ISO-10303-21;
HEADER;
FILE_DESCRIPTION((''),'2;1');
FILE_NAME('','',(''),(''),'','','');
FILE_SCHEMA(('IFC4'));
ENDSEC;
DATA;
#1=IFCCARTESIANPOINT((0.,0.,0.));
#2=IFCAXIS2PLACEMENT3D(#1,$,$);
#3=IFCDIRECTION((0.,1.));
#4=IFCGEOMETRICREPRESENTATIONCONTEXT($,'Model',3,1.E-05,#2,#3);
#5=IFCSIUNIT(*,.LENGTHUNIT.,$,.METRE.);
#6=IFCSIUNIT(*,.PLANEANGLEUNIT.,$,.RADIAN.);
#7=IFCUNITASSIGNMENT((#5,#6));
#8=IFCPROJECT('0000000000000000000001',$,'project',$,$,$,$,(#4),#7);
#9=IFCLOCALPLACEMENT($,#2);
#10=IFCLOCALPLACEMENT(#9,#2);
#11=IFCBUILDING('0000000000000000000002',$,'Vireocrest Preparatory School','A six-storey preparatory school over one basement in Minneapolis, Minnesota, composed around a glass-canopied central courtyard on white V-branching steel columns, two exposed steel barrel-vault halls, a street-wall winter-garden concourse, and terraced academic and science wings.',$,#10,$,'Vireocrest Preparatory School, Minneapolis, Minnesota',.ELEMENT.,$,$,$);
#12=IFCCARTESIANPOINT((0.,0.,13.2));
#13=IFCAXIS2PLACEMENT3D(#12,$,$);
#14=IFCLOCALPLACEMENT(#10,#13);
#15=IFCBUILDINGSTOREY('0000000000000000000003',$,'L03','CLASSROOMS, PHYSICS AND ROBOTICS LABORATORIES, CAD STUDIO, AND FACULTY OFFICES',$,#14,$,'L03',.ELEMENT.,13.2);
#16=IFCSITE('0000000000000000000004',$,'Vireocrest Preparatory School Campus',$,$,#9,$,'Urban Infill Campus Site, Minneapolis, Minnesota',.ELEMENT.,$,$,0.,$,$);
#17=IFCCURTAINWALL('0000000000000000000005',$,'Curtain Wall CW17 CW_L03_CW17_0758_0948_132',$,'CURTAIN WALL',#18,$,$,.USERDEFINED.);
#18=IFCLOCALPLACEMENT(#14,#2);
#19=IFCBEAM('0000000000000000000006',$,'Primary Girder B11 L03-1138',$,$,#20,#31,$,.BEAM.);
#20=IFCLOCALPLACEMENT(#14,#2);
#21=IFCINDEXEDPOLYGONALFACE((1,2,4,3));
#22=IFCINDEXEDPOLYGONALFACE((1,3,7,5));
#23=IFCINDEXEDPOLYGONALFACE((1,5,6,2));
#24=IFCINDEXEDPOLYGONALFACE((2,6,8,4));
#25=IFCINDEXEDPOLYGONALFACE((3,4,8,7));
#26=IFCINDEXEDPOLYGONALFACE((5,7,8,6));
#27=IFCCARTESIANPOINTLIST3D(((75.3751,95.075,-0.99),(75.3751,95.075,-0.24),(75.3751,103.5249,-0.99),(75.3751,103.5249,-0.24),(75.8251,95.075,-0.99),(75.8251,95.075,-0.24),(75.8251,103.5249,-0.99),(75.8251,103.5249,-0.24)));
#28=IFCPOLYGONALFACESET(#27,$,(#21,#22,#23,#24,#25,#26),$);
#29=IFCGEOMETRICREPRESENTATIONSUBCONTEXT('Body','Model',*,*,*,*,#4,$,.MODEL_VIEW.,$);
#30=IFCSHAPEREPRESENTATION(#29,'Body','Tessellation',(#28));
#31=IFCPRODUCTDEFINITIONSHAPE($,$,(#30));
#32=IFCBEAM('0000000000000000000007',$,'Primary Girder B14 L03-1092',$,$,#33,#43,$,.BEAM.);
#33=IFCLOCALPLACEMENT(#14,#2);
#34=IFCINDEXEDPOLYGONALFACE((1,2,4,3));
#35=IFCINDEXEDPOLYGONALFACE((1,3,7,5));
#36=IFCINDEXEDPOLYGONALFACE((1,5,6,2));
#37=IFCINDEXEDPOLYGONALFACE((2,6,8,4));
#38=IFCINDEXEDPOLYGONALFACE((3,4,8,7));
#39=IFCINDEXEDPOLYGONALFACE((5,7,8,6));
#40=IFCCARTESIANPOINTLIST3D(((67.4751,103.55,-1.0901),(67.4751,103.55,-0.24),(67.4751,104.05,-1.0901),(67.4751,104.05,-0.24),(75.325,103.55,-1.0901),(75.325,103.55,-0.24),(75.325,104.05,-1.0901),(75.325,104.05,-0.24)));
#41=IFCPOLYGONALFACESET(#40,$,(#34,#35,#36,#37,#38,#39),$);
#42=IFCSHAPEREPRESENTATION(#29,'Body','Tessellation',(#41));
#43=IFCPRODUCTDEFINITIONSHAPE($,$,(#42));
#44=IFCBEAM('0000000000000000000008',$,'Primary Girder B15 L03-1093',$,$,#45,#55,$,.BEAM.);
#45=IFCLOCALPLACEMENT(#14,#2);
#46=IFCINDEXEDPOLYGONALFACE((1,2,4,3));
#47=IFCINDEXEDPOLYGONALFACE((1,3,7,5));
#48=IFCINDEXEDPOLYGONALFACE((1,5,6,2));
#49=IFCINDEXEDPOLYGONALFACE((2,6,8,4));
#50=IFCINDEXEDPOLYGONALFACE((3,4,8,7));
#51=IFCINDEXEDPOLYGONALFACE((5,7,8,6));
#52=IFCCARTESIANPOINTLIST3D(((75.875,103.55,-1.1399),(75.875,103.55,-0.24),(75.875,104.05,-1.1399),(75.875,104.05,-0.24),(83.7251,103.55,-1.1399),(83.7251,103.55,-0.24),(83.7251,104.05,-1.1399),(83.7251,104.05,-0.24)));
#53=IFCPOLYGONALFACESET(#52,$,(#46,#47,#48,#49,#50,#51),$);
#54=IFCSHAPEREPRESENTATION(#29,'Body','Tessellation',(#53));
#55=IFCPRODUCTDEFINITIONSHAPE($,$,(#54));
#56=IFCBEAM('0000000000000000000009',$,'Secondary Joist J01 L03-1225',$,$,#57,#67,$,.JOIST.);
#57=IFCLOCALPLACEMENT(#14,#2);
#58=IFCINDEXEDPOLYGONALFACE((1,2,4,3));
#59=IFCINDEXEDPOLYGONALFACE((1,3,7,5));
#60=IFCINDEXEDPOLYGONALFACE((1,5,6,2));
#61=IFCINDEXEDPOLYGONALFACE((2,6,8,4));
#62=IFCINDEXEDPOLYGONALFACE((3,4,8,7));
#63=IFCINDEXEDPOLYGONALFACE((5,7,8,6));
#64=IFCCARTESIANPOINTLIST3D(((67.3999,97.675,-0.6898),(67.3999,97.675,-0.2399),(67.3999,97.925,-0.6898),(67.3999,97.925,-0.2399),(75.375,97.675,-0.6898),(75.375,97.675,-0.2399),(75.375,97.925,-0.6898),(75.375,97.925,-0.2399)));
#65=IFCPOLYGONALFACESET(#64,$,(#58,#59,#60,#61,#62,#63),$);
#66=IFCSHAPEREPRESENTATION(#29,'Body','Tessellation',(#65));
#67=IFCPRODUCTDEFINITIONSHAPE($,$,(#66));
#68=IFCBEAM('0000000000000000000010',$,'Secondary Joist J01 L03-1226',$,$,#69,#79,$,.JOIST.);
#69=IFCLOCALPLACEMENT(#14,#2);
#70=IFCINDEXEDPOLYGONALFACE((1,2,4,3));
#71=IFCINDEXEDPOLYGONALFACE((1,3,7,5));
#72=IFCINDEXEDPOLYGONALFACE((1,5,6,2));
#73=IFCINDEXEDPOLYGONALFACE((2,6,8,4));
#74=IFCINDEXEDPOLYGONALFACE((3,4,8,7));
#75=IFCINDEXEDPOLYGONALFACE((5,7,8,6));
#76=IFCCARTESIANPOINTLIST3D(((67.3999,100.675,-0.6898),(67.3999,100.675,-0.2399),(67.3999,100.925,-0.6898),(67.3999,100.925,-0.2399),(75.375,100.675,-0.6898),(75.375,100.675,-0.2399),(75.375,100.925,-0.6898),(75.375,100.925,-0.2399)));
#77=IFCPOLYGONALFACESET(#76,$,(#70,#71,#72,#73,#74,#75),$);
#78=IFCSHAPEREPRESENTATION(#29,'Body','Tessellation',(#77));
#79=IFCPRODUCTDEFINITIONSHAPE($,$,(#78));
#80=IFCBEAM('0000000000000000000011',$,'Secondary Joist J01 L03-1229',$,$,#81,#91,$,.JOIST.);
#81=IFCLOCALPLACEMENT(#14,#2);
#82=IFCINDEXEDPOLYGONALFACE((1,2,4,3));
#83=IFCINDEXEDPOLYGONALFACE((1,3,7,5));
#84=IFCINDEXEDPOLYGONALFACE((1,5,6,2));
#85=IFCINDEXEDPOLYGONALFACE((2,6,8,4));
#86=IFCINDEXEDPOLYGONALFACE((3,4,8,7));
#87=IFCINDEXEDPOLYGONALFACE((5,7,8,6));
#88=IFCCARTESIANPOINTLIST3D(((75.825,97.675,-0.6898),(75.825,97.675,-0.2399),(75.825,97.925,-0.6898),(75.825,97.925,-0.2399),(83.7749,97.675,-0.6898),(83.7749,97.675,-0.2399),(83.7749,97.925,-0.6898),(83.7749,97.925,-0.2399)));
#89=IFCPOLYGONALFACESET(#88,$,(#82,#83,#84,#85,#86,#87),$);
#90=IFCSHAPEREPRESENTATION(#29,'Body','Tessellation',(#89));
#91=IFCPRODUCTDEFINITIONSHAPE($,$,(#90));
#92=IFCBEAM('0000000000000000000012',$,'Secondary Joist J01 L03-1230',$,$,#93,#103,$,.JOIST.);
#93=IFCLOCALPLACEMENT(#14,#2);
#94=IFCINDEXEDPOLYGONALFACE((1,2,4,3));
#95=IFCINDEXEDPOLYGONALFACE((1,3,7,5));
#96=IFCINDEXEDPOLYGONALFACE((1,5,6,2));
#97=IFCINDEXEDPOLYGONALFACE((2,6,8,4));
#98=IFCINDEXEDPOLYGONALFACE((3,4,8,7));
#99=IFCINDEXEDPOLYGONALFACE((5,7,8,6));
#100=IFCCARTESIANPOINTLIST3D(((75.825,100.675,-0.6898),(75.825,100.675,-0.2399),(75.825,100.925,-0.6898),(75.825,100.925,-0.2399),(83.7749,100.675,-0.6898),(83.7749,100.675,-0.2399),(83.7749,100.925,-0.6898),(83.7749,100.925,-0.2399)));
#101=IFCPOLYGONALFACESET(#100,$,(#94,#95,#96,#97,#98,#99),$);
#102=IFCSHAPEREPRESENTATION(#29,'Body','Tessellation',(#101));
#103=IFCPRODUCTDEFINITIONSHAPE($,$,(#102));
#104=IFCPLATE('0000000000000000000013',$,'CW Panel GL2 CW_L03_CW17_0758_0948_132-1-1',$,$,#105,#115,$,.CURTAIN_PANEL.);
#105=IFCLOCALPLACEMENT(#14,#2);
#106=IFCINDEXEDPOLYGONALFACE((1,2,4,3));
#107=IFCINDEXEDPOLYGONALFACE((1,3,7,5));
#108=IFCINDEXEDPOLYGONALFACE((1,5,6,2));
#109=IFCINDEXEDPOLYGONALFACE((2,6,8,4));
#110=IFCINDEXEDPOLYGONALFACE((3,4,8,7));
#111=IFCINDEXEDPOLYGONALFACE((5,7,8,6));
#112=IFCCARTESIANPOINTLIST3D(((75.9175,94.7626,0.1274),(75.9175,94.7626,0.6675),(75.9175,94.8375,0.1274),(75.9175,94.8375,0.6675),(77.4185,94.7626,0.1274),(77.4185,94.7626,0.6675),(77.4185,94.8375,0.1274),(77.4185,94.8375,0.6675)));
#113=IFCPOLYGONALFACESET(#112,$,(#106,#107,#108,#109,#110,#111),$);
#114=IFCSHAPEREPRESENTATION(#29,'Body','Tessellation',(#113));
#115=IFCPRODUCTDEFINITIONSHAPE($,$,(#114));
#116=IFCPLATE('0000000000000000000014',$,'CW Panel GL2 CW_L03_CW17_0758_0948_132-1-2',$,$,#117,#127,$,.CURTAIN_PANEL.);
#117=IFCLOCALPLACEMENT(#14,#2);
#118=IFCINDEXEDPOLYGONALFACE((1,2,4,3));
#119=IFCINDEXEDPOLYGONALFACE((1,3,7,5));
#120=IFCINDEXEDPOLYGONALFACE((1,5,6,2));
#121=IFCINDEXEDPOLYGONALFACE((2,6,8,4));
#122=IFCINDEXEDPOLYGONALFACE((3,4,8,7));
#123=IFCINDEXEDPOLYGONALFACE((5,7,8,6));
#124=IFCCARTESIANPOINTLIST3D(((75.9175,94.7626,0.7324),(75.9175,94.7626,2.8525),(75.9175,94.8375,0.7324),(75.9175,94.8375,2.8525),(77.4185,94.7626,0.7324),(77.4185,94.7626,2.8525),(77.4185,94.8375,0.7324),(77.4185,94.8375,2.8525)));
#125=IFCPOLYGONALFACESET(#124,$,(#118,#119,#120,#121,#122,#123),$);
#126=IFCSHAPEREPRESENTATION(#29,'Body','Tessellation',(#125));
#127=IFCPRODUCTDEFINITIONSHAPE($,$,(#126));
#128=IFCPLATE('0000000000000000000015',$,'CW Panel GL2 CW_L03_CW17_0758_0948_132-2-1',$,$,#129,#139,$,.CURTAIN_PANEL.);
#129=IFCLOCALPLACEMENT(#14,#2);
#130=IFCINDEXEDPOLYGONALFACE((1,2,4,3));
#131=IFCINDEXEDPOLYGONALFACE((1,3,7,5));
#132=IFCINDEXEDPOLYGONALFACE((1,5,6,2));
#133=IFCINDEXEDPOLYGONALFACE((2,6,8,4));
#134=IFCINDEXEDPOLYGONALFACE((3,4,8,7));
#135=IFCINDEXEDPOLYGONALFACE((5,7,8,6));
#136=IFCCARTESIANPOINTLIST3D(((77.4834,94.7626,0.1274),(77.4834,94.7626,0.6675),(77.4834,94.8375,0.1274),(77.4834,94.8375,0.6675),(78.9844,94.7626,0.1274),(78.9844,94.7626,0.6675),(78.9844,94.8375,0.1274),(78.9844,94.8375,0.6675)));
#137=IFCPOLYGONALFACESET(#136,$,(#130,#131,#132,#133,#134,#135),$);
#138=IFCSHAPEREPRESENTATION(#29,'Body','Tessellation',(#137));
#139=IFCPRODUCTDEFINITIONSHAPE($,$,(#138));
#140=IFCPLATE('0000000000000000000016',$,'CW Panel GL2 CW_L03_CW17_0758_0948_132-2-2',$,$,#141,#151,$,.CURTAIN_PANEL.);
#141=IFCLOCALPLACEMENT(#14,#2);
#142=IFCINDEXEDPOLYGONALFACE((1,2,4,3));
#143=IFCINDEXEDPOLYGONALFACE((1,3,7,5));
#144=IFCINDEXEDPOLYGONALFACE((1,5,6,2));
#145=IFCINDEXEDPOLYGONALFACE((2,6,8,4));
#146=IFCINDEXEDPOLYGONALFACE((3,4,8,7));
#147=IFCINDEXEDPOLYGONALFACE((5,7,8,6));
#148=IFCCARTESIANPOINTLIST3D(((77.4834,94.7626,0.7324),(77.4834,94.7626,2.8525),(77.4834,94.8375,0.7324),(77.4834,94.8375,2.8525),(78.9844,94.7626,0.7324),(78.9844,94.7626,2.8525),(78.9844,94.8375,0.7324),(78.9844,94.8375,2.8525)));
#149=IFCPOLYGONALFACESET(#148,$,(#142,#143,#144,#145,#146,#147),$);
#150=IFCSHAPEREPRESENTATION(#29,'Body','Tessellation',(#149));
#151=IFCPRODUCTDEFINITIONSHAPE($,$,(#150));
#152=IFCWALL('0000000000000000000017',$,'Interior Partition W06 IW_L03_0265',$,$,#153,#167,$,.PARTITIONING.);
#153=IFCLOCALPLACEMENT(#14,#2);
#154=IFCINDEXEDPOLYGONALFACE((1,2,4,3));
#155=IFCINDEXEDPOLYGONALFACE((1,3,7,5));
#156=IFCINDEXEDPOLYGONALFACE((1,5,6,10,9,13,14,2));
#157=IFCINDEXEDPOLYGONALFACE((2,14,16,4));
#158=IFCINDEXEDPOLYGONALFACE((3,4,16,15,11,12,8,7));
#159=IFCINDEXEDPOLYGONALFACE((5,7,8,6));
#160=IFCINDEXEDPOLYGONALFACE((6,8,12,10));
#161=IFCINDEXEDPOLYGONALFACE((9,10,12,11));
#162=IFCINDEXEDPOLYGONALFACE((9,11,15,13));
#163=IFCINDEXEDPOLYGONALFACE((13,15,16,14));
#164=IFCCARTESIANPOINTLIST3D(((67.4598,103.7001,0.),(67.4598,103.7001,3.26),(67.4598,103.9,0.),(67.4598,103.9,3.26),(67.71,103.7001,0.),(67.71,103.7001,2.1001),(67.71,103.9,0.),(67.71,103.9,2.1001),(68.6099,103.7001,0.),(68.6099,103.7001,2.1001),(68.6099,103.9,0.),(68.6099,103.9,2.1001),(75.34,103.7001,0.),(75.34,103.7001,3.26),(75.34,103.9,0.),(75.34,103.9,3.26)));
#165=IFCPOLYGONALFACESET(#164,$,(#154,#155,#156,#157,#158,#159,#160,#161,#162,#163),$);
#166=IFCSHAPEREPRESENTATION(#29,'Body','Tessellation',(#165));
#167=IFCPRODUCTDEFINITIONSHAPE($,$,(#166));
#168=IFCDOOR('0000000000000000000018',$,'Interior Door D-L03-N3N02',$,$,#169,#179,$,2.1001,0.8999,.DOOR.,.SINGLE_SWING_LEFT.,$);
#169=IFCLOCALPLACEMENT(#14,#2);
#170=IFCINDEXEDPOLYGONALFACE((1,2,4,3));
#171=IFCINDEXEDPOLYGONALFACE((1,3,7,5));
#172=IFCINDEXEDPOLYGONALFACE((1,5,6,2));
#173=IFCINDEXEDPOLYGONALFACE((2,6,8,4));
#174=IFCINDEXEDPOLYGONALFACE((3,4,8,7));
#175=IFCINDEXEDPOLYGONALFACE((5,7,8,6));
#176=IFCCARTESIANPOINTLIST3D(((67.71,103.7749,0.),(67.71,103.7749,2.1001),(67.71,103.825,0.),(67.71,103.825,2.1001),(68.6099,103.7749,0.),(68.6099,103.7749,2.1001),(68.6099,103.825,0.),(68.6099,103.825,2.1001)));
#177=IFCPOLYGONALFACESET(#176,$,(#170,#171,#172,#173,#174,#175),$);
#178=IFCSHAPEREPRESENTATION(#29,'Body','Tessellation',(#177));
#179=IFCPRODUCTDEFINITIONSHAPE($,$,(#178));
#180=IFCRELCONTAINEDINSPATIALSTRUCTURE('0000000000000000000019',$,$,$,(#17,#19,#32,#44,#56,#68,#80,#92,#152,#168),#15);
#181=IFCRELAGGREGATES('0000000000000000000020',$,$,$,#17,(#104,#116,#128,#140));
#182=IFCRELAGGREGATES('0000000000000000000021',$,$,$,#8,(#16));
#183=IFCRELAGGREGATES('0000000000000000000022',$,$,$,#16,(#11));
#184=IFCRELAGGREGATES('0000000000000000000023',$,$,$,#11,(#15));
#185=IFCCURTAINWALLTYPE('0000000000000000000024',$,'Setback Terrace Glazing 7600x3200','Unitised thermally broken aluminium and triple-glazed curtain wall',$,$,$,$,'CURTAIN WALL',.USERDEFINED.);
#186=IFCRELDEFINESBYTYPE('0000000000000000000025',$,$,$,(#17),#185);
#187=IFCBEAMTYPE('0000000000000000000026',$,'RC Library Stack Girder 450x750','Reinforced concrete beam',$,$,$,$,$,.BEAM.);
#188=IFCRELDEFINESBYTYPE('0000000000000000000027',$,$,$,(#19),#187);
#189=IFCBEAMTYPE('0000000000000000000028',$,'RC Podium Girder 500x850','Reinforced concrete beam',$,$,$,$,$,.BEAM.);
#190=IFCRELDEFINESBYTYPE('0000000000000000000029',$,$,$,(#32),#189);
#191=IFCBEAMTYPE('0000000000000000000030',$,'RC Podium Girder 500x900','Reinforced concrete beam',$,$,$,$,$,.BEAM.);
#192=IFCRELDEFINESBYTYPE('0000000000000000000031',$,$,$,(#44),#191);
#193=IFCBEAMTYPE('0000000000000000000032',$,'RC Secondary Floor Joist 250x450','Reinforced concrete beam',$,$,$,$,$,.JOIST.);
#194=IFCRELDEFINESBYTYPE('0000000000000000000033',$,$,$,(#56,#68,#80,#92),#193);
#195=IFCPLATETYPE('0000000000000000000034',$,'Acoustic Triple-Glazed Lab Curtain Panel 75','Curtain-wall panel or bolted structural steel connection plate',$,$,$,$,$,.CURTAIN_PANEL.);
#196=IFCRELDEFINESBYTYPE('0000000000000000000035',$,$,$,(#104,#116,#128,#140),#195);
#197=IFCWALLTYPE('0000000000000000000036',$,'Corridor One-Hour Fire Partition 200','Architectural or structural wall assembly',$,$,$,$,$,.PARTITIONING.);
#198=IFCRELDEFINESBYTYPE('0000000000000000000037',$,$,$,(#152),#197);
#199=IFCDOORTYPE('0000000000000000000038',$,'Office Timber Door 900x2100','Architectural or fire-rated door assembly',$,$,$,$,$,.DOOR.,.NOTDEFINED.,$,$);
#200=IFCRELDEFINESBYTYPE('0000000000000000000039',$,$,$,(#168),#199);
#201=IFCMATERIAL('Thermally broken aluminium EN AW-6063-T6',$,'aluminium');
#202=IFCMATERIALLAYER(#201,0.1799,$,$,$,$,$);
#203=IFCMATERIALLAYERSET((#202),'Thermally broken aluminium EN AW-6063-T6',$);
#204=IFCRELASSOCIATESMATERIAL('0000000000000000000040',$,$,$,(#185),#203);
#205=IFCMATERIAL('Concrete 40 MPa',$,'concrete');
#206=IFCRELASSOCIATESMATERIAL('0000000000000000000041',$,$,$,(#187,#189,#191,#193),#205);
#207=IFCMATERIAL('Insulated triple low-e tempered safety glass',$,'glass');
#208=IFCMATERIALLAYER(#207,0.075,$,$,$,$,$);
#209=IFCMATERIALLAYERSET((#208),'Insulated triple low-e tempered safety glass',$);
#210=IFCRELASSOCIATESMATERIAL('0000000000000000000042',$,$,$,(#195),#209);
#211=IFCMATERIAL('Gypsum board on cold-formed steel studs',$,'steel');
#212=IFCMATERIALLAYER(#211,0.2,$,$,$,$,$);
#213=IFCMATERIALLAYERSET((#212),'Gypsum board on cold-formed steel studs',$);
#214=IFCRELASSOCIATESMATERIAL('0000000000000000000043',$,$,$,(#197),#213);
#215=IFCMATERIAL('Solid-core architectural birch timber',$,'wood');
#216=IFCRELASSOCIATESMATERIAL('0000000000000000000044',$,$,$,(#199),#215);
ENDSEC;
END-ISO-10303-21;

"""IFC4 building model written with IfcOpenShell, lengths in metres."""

from ifc_helpers import new_model, si_unit, direction, frame, frame_2d, origin, origin_2d, place, context, subcontext, project, spatial, rectangle, extrude, material, layer, layer_set, material_profile, profile_set, type_object, element, fill, aggregate, save


model = new_model("IFC4")

# Units and contexts
model_context = context("Model", 3, precision=1e-05, world=origin(), true_north=direction((0.0, 1.0)))
body_context = subcontext(model_context, "Body", "Model", "MODEL_VIEW")
ifc_project = project(units=[si_unit("LENGTHUNIT", "METRE"), si_unit("PLANEANGLEUNIT", "RADIAN")], contexts=[model_context])

# Site, building, storey
site_placement = place(None, origin())
site = spatial("IfcSite", under=ifc_project, at=site_placement, Name="Vireocrest Preparatory School Campus", LongName="Urban Infill Campus Site, Minneapolis, Minnesota", CompositionType="ELEMENT", RefElevation=0.0)
building_placement = place(site_placement, origin())
building = spatial("IfcBuilding", under=site, at=building_placement, Name="Vireocrest Preparatory School", Description="A six-storey preparatory school over one basement in Minneapolis, Minnesota, composed around a glass-canopied central courtyard on white V-branching steel columns, two exposed steel barrel-vault halls, a street-wall winter-garden concourse, and terraced academic and science wings.", LongName="Vireocrest Preparatory School, Minneapolis, Minnesota", CompositionType="ELEMENT")
storey_placement = place(building_placement, frame((0.0, 0.0, 13.2)))
storey = spatial("IfcBuildingStorey", under=building, at=storey_placement, Name="L03", Description="CLASSROOMS, PHYSICS AND ROBOTICS LABORATORIES, CAD STUDIO, AND FACULTY OFFICES", LongName="L03", CompositionType="ELEMENT", Elevation=13.2)

# Curtain wall
ifc_material_1 = material(Name="Thermally broken aluminium EN AW-6063-T6", Category="aluminium")
ifc_layer_1 = layer(ifc_material_1, 0.1799)
ifc_layer_set_1 = layer_set([ifc_layer_1], Name="Thermally broken aluminium EN AW-6063-T6")
curtain_wall_type = type_object("IfcCurtainWallType", Name="Setback Terrace Glazing 7600x3200", Description="Unitised thermally broken aluminium and triple-glazed curtain wall", ElementType="CURTAIN WALL", PredefinedType="USERDEFINED", material=ifc_layer_set_1)
curtain_wall_placement = place(storey_placement, origin())
curtain_wall = element("IfcCurtainWall", 1, at=curtain_wall_placement, inside=storey, type_object=curtain_wall_type, Name="Curtain Wall CW17 CW_L03_CW17_0758_0948_132", ObjectType="CURTAIN WALL", PredefinedType="USERDEFINED")

# Beams
ifc_material_2 = material(Name="Concrete 40 MPa", Category="concrete")
ifc_material_profile_1 = material_profile(ifc_material_2, rectangle(XDim=0.45, YDim=0.75, at=origin_2d()), Name="RC 450x750")
ifc_profile_set_1 = profile_set([ifc_material_profile_1], Name="Concrete 40 MPa")
beam_type_1 = type_object("IfcBeamType", Name="RC Library Stack Girder 450x750", Description="Reinforced concrete beam", PredefinedType="BEAM", material=ifc_profile_set_1)
beam_1_placement = place(storey_placement, frame((75.6001, 95.075, -0.615), z_axis=(0.0, 1.0, 0.0), x_axis=(-1.0, 0.0, 0.0)))
element("IfcBeam", 2, at=beam_1_placement, inside=storey, type_object=beam_type_1, Name="Primary Girder B11 L03-1138", PredefinedType="BEAM", context=body_context, shape_type="SweptSolid", body=[
    extrude(rectangle(XDim=0.45, YDim=0.75, at=origin_2d()), origin(), (0.0, 0.0, 1.0), 8.45),
])
ifc_material_profile_2 = material_profile(ifc_material_2, rectangle(XDim=0.5, YDim=0.8501, at=origin_2d()), Name="RC 500x850")
ifc_profile_set_2 = profile_set([ifc_material_profile_2], Name="Concrete 40 MPa")
beam_type_2 = type_object("IfcBeamType", Name="RC Podium Girder 500x850", Description="Reinforced concrete beam", PredefinedType="BEAM", material=ifc_profile_set_2)
beam_2_placement = place(storey_placement, frame((67.4751, 103.8, -0.665), z_axis=(1.0, 0.0, 0.0), x_axis=(0.0, 1.0, 0.0)))
element("IfcBeam", 3, at=beam_2_placement, inside=storey, type_object=beam_type_2, Name="Primary Girder B14 L03-1092", PredefinedType="BEAM", context=body_context, shape_type="SweptSolid", body=[
    extrude(rectangle(XDim=0.5, YDim=0.8501, at=origin_2d()), origin(), (0.0, 0.0, 1.0), 7.8499),
])
ifc_material_profile_3 = material_profile(ifc_material_2, rectangle(XDim=0.5, YDim=0.8999, at=origin_2d()), Name="RC 500x900")
ifc_profile_set_3 = profile_set([ifc_material_profile_3], Name="Concrete 40 MPa")
beam_type_3 = type_object("IfcBeamType", Name="RC Podium Girder 500x900", Description="Reinforced concrete beam", PredefinedType="BEAM", material=ifc_profile_set_3)
beam_3_placement = place(storey_placement, frame((75.875, 103.8, -0.6899), z_axis=(1.0, 0.0, 0.0), x_axis=(0.0, 1.0, 0.0)))
element("IfcBeam", 4, at=beam_3_placement, inside=storey, type_object=beam_type_3, Name="Primary Girder B15 L03-1093", PredefinedType="BEAM", context=body_context, shape_type="SweptSolid", body=[
    extrude(rectangle(XDim=0.5, YDim=0.8999, at=origin_2d()), origin(), (0.0, 0.0, 1.0), 7.8501),
])
ifc_material_profile_4 = material_profile(ifc_material_2, rectangle(XDim=0.25, YDim=0.45, at=origin_2d()), Name="RC 250x450")
ifc_profile_set_4 = profile_set([ifc_material_profile_4], Name="Concrete 40 MPa")
beam_type_4 = type_object("IfcBeamType", Name="RC Secondary Floor Joist 250x450", Description="Reinforced concrete beam", PredefinedType="JOIST", material=ifc_profile_set_4)
for number, where, z_axis, x_axis, name in (
    (5, (67.3999, 97.8, -0.4648), (1.0, 0.0, 0.0), (0.0, 1.0, 0.0), "Secondary Joist J01 L03-1225"),
    (6, (67.3999, 100.8, -0.4648), (1.0, 0.0, 0.0), (0.0, 1.0, 0.0), "Secondary Joist J01 L03-1226"),
):
    element("IfcBeam", number, at=place(storey_placement, frame(where, z_axis=z_axis, x_axis=x_axis)), inside=storey, type_object=beam_type_4, Name=name, PredefinedType="JOIST", context=body_context, shape_type="SweptSolid", body=[
        extrude(rectangle(XDim=0.25, YDim=0.45, at=origin_2d()), origin(), (0.0, 0.0, 1.0), 7.9751),
    ])
for number, where, z_axis, x_axis, name in (
    (7, (75.825, 97.8, -0.4648), (1.0, 0.0, 0.0), (0.0, 1.0, 0.0), "Secondary Joist J01 L03-1229"),
    (8, (75.825, 100.8, -0.4648), (1.0, 0.0, 0.0), (0.0, 1.0, 0.0), "Secondary Joist J01 L03-1230"),
):
    element("IfcBeam", number, at=place(storey_placement, frame(where, z_axis=z_axis, x_axis=x_axis)), inside=storey, type_object=beam_type_4, Name=name, PredefinedType="JOIST", context=body_context, shape_type="SweptSolid", body=[
        extrude(rectangle(XDim=0.25, YDim=0.45, at=origin_2d()), origin(), (0.0, 0.0, 1.0), 7.95),
    ])

# Plates
ifc_material_3 = material(Name="Insulated triple low-e tempered safety glass", Category="glass")
ifc_layer_2 = layer(ifc_material_3, 0.075)
ifc_layer_set_2 = layer_set([ifc_layer_2], Name="Insulated triple low-e tempered safety glass")
plate_type = type_object("IfcPlateType", Name="Acoustic Triple-Glazed Lab Curtain Panel 75", Description="Curtain-wall panel or bolted structural steel connection plate", PredefinedType="CURTAIN_PANEL", material=ifc_layer_set_2)
plate_1_placement = place(storey_placement, frame((76.668, 94.8, 0.1274), z_axis=(0.0, 0.0, 1.0), x_axis=(1.0, 0.0, 0.0)))
plate_1 = element("IfcPlate", 9, at=plate_1_placement, type_object=plate_type, Name="CW Panel GL2 CW_L03_CW17_0758_0948_132-1-1", PredefinedType="CURTAIN_PANEL", context=body_context, shape_type="SweptSolid", body=[
    extrude(rectangle(XDim=1.501, YDim=0.075, at=origin_2d()), origin(), (0.0, 0.0, 1.0), 0.54),
])
plate_2_placement = place(storey_placement, frame((76.668, 94.8, 0.7324), z_axis=(0.0, 0.0, 1.0), x_axis=(1.0, 0.0, 0.0)))
plate_2 = element("IfcPlate", 10, at=plate_2_placement, type_object=plate_type, Name="CW Panel GL2 CW_L03_CW17_0758_0948_132-1-2", PredefinedType="CURTAIN_PANEL", context=body_context, shape_type="SweptSolid", body=[
    extrude(rectangle(XDim=1.501, YDim=0.075, at=origin_2d()), origin(), (0.0, 0.0, 1.0), 2.1201),
])
plate_3_placement = place(storey_placement, frame((78.2339, 94.8, 0.1274), z_axis=(0.0, 0.0, 1.0), x_axis=(1.0, 0.0, 0.0)))
plate_3 = element("IfcPlate", 11, at=plate_3_placement, type_object=plate_type, Name="CW Panel GL2 CW_L03_CW17_0758_0948_132-2-1", PredefinedType="CURTAIN_PANEL", context=body_context, shape_type="SweptSolid", body=[
    extrude(rectangle(XDim=1.501, YDim=0.075, at=origin_2d()), origin(), (0.0, 0.0, 1.0), 0.54),
])
plate_4_placement = place(storey_placement, frame((78.2339, 94.8, 0.7324), z_axis=(0.0, 0.0, 1.0), x_axis=(1.0, 0.0, 0.0)))
plate_4 = element("IfcPlate", 12, at=plate_4_placement, type_object=plate_type, Name="CW Panel GL2 CW_L03_CW17_0758_0948_132-2-2", PredefinedType="CURTAIN_PANEL", context=body_context, shape_type="SweptSolid", body=[
    extrude(rectangle(XDim=1.501, YDim=0.075, at=origin_2d()), origin(), (0.0, 0.0, 1.0), 2.1201),
])
aggregate(curtain_wall, [plate_1, plate_2, plate_3, plate_4])

# Wall, opening, door
ifc_material_4 = material(Name="Gypsum board on cold-formed steel studs", Category="steel")
ifc_layer_3 = layer(ifc_material_4, 0.2)
ifc_layer_set_3 = layer_set([ifc_layer_3], Name="Gypsum board on cold-formed steel studs")
wall_type_1 = type_object("IfcWallType", Name="Corridor One-Hour Fire Partition 200", Description="Architectural or structural wall assembly", PredefinedType="PARTITIONING", material=ifc_layer_set_3)
wall_1_placement = place(storey_placement, frame((67.46, 103.8, 0.0), z_axis=(0.0, 0.0, 1.0), x_axis=(1.0, 0.0, 0.0)))
wall_1 = element("IfcWall", 13, at=wall_1_placement, inside=storey, type_object=wall_type_1, Name="Interior Partition W06 IW_L03_0265", PredefinedType="PARTITIONING", context=body_context, shape_type="SweptSolid", body=[
    extrude(rectangle(XDim=7.8801, YDim=0.2, at=frame_2d((3.9399, 0.0))), origin(), (0.0, 0.0, 1.0), 3.26),
])
opening_1_placement = place(wall_1_placement, frame((0.25, 0.0, 0.0)))
opening_1 = element("IfcOpeningElement", 14, at=opening_1_placement, cuts=wall_1, PredefinedType="OPENING", context=body_context, shape_type="SweptSolid", body=[
    extrude(rectangle(XDim=0.8999, YDim=2.1001, at=frame_2d((0.45, 1.05))), frame((0.0, 0.1099, 0.0), z_axis=(0.0, -1.0, 0.0), x_axis=(1.0, 0.0, 0.0)), (0.0, 0.0, 1.0), 0.22),
])
ifc_material_5 = material(Name="Solid-core architectural birch timber", Category="wood")
door_type = type_object("IfcDoorType", Name="Office Timber Door 900x2100", Description="Architectural or fire-rated door assembly", OperationType="NOTDEFINED", PredefinedType="DOOR", material=ifc_material_5)
door_1_placement = place(opening_1_placement, origin())
door_1 = element("IfcDoor", 15, at=door_1_placement, inside=storey, type_object=door_type, Name="Interior Door D-L03-N3N02", OperationType="SINGLE_SWING_LEFT", OverallHeight=2.1001, OverallWidth=0.8999, PredefinedType="DOOR", context=body_context, shape_type="SweptSolid", body=[
    extrude(rectangle(XDim=0.8999, YDim=2.1001, at=frame_2d((0.45, 1.05))), frame((0.0, 0.0249, 0.0), z_axis=(0.0, -1.0, 0.0), x_axis=(1.0, 0.0, 0.0)), (0.0, 0.0, 1.0), 0.05),
])
fill(opening_1, door_1)

save(model, "model.ifc")
